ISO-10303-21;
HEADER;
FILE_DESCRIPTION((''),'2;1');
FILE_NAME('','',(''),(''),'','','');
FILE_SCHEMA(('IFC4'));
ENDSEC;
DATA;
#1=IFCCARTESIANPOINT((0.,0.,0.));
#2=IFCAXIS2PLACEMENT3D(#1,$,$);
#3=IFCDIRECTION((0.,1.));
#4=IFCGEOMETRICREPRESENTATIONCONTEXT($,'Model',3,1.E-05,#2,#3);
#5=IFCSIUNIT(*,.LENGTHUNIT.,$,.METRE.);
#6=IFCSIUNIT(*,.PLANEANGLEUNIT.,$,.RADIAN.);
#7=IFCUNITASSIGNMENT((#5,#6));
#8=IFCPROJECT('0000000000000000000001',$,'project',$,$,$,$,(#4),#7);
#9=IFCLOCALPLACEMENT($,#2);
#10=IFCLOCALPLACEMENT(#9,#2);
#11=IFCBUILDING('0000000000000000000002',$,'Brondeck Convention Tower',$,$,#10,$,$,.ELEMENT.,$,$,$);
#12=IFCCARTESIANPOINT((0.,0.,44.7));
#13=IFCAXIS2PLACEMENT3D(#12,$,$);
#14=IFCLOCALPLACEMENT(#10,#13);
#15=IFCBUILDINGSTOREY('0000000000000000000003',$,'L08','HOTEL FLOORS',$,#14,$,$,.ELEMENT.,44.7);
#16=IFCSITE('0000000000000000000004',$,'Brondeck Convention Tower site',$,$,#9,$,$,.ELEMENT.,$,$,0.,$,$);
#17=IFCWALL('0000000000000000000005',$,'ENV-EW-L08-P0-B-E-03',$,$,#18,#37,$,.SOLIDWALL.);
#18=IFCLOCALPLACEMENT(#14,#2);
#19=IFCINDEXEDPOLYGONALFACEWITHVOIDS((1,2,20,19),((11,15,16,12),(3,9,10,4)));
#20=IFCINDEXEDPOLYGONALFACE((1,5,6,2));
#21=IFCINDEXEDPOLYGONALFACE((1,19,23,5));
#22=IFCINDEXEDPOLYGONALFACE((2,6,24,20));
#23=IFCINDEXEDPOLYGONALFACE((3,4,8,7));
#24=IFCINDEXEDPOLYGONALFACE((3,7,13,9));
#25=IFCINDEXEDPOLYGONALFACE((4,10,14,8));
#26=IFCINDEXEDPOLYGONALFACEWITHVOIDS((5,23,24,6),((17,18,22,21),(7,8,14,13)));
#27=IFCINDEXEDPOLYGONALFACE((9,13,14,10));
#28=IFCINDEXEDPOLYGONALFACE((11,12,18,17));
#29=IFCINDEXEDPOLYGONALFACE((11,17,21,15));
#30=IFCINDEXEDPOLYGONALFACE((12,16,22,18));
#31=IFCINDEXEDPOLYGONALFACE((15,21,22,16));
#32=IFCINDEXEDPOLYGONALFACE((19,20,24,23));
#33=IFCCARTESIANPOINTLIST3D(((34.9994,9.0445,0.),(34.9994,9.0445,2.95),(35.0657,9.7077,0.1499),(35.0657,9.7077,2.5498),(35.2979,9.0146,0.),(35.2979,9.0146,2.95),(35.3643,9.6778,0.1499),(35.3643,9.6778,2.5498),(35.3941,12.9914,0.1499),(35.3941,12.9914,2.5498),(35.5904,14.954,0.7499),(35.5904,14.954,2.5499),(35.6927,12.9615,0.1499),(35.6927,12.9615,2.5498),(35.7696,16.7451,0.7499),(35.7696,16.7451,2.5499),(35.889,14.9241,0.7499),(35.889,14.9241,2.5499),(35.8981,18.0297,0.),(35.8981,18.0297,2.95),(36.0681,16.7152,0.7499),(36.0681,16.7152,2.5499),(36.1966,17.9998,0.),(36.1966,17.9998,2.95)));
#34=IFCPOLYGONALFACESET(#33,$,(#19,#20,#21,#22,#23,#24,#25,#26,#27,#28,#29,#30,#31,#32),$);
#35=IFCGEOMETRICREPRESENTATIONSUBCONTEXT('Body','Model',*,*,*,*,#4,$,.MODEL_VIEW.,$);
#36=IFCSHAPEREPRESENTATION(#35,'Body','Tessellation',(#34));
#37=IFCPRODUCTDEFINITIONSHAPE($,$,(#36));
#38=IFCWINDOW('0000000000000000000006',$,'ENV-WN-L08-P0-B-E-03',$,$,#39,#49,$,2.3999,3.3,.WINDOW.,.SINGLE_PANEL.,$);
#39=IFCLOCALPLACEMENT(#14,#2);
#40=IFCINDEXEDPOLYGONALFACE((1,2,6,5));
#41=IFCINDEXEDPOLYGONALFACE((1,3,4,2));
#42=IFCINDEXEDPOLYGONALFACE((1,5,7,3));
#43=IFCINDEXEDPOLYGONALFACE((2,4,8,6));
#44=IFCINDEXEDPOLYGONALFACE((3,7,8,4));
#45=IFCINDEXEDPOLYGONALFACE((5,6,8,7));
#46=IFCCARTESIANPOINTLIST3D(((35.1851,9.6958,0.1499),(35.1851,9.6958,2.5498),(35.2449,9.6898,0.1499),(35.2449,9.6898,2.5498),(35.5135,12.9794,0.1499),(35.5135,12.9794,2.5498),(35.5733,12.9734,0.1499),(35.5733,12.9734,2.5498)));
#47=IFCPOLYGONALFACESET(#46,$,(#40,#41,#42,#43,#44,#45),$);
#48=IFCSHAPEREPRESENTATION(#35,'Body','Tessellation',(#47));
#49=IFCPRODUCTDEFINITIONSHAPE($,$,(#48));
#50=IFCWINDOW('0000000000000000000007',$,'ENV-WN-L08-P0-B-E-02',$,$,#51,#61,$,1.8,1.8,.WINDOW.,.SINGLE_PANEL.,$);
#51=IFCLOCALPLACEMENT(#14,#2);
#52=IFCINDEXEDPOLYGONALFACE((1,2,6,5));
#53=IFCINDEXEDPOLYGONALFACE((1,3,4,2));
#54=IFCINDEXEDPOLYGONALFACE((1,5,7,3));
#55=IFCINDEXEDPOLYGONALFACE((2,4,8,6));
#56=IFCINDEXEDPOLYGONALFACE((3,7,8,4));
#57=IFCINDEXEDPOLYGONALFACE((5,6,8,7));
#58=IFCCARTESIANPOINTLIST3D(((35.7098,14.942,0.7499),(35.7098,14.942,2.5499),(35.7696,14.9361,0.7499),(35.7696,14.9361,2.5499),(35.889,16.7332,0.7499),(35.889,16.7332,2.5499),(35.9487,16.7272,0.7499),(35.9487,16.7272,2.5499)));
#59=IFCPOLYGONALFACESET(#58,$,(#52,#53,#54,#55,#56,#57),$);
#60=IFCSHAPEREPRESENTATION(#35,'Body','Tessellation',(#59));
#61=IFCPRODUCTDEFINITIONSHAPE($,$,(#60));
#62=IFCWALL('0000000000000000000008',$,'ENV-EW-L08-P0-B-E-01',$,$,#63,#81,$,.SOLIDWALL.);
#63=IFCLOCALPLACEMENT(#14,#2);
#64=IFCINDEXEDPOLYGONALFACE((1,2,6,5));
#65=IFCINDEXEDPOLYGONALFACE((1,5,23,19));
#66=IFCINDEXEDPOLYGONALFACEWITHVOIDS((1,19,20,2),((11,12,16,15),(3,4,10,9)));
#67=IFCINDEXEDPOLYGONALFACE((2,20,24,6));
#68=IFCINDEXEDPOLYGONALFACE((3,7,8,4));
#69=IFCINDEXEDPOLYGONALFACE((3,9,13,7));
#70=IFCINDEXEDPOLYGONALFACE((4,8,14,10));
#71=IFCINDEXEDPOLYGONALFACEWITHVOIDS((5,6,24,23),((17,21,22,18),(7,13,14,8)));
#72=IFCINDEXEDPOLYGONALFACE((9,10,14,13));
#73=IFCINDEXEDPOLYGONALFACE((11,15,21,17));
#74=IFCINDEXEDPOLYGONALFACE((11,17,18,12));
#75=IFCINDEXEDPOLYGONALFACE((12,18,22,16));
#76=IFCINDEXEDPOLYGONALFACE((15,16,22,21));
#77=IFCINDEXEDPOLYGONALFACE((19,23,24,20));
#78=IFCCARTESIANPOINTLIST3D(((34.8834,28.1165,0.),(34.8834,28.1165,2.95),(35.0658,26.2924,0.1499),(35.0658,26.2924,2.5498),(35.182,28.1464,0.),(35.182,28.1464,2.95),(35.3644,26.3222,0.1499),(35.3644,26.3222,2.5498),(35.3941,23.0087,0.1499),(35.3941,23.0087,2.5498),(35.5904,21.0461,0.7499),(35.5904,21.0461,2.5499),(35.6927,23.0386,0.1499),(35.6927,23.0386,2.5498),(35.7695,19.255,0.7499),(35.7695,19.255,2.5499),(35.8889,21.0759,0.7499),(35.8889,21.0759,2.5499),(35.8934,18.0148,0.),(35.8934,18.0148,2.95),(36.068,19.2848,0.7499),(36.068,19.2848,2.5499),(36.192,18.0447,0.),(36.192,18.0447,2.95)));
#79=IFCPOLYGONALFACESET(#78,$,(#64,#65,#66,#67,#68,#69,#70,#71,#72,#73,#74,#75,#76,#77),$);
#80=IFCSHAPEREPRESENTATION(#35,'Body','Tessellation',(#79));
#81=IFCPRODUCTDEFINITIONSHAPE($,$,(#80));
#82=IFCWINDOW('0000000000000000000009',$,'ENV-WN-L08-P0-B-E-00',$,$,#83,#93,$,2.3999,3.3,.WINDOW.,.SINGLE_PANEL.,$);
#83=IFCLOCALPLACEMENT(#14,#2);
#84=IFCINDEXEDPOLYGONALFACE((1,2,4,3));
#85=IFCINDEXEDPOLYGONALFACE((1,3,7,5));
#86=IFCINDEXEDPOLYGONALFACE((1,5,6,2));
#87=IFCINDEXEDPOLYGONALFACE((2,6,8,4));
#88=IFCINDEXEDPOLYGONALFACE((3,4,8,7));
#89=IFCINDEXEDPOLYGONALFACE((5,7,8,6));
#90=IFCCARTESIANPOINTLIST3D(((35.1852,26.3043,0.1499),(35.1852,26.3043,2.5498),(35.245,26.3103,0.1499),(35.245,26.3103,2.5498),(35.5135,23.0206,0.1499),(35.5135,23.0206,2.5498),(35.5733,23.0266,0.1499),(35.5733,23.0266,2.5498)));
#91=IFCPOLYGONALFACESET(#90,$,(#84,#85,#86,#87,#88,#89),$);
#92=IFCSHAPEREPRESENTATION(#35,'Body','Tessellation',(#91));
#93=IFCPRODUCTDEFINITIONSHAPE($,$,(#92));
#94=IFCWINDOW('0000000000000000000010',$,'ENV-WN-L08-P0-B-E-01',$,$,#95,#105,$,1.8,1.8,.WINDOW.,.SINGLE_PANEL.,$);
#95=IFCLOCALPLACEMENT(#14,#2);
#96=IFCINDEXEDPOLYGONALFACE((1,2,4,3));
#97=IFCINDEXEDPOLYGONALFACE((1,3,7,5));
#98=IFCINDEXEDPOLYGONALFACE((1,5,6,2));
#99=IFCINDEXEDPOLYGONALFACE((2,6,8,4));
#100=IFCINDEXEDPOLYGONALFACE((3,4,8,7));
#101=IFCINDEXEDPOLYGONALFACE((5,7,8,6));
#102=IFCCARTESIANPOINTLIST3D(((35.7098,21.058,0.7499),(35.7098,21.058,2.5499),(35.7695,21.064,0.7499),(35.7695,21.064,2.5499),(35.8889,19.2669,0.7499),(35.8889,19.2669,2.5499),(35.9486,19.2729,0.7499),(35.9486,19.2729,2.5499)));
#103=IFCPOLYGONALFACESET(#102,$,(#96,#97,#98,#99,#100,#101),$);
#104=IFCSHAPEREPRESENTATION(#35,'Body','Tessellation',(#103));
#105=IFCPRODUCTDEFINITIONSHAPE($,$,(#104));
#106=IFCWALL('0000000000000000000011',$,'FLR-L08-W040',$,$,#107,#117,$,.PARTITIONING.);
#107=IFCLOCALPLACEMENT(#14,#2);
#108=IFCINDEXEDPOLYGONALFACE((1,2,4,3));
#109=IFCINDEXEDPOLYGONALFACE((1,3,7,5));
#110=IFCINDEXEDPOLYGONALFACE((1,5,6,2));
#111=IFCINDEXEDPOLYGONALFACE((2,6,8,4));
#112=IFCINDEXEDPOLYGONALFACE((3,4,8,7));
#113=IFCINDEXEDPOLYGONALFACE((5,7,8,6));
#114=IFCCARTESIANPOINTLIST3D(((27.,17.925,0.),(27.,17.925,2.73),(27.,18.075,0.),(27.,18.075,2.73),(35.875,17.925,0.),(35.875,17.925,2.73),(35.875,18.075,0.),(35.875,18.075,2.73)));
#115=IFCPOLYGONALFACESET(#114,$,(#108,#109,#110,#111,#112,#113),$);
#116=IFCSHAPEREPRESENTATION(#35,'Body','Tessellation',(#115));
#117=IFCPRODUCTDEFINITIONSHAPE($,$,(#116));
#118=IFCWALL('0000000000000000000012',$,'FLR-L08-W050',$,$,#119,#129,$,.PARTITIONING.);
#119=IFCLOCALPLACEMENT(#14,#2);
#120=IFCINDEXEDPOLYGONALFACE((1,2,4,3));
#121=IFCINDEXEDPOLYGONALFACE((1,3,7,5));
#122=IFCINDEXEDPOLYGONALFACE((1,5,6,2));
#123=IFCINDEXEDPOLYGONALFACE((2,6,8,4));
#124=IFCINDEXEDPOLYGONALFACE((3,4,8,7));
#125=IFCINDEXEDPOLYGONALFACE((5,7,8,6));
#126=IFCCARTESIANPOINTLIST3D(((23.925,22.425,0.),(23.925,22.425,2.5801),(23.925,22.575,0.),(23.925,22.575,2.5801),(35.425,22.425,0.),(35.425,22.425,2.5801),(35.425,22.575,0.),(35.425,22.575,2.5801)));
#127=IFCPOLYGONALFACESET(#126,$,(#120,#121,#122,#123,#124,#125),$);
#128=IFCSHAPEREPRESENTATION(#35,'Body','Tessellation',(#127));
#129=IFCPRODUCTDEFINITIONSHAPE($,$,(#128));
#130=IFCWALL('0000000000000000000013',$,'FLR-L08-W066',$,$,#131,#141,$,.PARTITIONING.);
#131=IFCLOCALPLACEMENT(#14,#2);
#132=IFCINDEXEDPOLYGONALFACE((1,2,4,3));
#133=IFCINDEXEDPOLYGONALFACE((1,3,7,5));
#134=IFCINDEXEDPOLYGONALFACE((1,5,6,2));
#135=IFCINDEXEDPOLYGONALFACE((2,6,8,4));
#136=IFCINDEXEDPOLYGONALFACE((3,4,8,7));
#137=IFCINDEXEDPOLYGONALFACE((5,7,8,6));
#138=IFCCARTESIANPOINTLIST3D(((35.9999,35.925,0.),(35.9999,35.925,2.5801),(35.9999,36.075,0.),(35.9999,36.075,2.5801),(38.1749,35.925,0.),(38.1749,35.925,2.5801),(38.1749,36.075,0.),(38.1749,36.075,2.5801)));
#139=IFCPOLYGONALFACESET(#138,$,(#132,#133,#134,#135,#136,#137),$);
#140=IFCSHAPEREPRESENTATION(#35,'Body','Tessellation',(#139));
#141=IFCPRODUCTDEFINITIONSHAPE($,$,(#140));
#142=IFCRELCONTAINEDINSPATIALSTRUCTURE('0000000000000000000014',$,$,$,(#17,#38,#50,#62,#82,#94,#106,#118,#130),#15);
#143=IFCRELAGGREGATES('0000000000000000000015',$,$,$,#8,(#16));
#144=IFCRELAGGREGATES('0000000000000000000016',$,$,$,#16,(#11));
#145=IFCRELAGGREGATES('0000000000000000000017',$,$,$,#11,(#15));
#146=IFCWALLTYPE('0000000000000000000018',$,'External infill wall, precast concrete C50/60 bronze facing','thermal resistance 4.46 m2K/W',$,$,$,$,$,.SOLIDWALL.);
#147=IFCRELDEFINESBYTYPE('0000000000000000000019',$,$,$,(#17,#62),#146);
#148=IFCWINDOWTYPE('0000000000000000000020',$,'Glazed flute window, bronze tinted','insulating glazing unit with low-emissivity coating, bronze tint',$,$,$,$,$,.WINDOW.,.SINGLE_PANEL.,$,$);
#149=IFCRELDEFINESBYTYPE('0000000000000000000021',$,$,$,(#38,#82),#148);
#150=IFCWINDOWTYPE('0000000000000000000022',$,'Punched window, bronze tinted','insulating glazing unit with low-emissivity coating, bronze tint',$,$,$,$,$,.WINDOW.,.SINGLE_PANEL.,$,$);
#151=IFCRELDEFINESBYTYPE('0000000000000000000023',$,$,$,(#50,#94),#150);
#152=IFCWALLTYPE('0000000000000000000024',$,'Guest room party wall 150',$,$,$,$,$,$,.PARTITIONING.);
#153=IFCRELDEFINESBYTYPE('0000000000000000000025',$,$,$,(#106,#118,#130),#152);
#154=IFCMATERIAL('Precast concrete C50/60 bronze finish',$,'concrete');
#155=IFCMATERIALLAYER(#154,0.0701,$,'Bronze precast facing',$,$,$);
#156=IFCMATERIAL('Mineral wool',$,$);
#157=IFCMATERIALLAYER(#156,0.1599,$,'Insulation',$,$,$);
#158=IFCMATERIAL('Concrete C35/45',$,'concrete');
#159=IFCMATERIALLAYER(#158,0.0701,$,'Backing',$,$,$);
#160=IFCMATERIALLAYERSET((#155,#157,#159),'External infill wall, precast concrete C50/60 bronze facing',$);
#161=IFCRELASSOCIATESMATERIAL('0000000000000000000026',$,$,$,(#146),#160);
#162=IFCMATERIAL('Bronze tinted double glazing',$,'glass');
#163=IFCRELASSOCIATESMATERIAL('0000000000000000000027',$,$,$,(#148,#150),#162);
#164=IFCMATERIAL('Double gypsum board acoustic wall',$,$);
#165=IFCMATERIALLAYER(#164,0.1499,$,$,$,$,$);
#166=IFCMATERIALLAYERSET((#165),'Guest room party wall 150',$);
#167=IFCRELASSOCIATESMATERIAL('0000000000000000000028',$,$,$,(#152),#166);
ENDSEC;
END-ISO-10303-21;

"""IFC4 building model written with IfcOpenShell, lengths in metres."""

from ifc_helpers import new_model, si_unit, direction, frame, frame_2d, origin, place, context, subcontext, project, spatial, rectangle, extrude, material, layer, layer_set, type_object, element, fill, save


model = new_model("IFC4")

# Units and contexts
model_context = context("Model", 3, precision=1e-05, world=origin(), true_north=direction((0.0, 1.0)))
body_context = subcontext(model_context, "Body", "Model", "MODEL_VIEW")
ifc_project = project(units=[si_unit("LENGTHUNIT", "METRE"), si_unit("PLANEANGLEUNIT", "RADIAN")], contexts=[model_context])

# Site, building, storey
site_placement = place(None, origin())
site = spatial("IfcSite", under=ifc_project, at=site_placement, Name="Brondeck Convention Tower site", CompositionType="ELEMENT", RefElevation=0.0)
building_placement = place(site_placement, origin())
building = spatial("IfcBuilding", under=site, at=building_placement, Name="Brondeck Convention Tower", CompositionType="ELEMENT")
storey_placement = place(building_placement, frame((0.0, 0.0, 44.7)))
storey = spatial("IfcBuildingStorey", under=building, at=storey_placement, Name="L08", Description="HOTEL FLOORS", CompositionType="ELEMENT", Elevation=44.7)

# Walls, openings, windows
ifc_material_1 = material(Name="Precast concrete C50/60 bronze finish", Category="concrete")
ifc_layer_1 = layer(ifc_material_1, 0.0701, Name="Bronze precast facing")
ifc_material_2 = material(Name="Mineral wool")
ifc_layer_2 = layer(ifc_material_2, 0.1599, Name="Insulation")
ifc_material_3 = material(Name="Concrete C35/45", Category="concrete")
ifc_layer_3 = layer(ifc_material_3, 0.0701, Name="Backing")
ifc_layer_set_1 = layer_set([ifc_layer_1, ifc_layer_2, ifc_layer_3], Name="External infill wall, precast concrete C50/60 bronze facing")
wall_type_1 = type_object("IfcWallType", Name="External infill wall, precast concrete C50/60 bronze facing", Description="thermal resistance 4.46 m2K/W", PredefinedType="SOLIDWALL", material=ifc_layer_set_1)
wall_1_placement = place(storey_placement, frame((36.0474, 18.0149, 0.0), z_axis=(0.0, 0.0, 1.0), x_axis=(-0.099522, -0.995035, 0.0)))
wall_1 = element("IfcWall", 1, at=wall_1_placement, inside=storey, type_object=wall_type_1, Name="ENV-EW-L08-P0-B-E-03", PredefinedType="SOLIDWALL", context=body_context, shape_type="SweptSolid", body=[
    extrude(rectangle(XDim=9.03, YDim=0.3, at=frame_2d((4.5151, 0.0))), origin(), (0.0, 0.0, 1.0), 2.95),
])
opening_1_placement = place(wall_1_placement, frame((1.2913, 0.0, 0.75)))
opening_1 = element("IfcOpeningElement", 2, at=opening_1_placement, cuts=wall_1, PredefinedType="OPENING", context=body_context, shape_type="SweptSolid", body=[
    extrude(rectangle(XDim=1.8, YDim=1.8, at=frame_2d((0.8999, 0.8999))), frame((0.0, 0.1599, 0.0), z_axis=(0.0, -1.0, 0.0), x_axis=(1.0, 0.0, 0.0)), (0.0, 0.0, 1.0), 0.3201),
])
opening_2_placement = place(wall_1_placement, frame((5.0637, 0.0, 0.1499)))
opening_2 = element("IfcOpeningElement", 3, at=opening_2_placement, cuts=wall_1, PredefinedType="OPENING", context=body_context, shape_type="SweptSolid", body=[
    extrude(rectangle(XDim=3.3, YDim=2.3999, at=frame_2d((1.6499, 1.2))), frame((0.0, 0.1599, 0.0), z_axis=(0.0, -1.0, 0.0), x_axis=(1.0, 0.0, 0.0)), (0.0, 0.0, 1.0), 0.3201),
])
ifc_material_4 = material(Name="Bronze tinted double glazing", Category="glass")
window_type_1 = type_object("IfcWindowType", Name="Glazed flute window, bronze tinted", Description="insulating glazing unit with low-emissivity coating, bronze tint", PartitioningType="SINGLE_PANEL", PredefinedType="WINDOW", material=ifc_material_4)
window_1_placement = place(opening_2_placement, origin())
window_1 = element("IfcWindow", 4, at=window_1_placement, inside=storey, type_object=window_type_1, Name="ENV-WN-L08-P0-B-E-03", OverallHeight=2.3999, OverallWidth=3.3, PartitioningType="SINGLE_PANEL", PredefinedType="WINDOW", context=body_context, shape_type="SweptSolid", body=[
    extrude(rectangle(XDim=3.3, YDim=2.3999, at=frame_2d((1.6499, 1.2))), frame((0.0, 0.03, 0.0), z_axis=(0.0, -1.0, 0.0), x_axis=(1.0, 0.0, 0.0)), (0.0, 0.0, 1.0), 0.0601),
])
fill(opening_2, window_1)
window_type_2 = type_object("IfcWindowType", Name="Punched window, bronze tinted", Description="insulating glazing unit with low-emissivity coating, bronze tint", PartitioningType="SINGLE_PANEL", PredefinedType="WINDOW", material=ifc_material_4)
window_2_placement = place(opening_1_placement, origin())
window_2 = element("IfcWindow", 5, at=window_2_placement, inside=storey, type_object=window_type_2, Name="ENV-WN-L08-P0-B-E-02", OverallHeight=1.8, OverallWidth=1.8, PartitioningType="SINGLE_PANEL", PredefinedType="WINDOW", context=body_context, shape_type="SweptSolid", body=[
    extrude(rectangle(XDim=1.8, YDim=1.8, at=frame_2d((0.8999, 0.8999))), frame((0.0, 0.03, 0.0), z_axis=(0.0, -1.0, 0.0), x_axis=(1.0, 0.0, 0.0)), (0.0, 0.0, 1.0), 0.0601),
])
fill(opening_1, window_2)
wall_2_placement = place(storey_placement, frame((35.0327, 28.1316, 0.0), z_axis=(0.0, 0.0, 1.0), x_axis=(0.099487, -0.995039, 0.0)))
wall_2 = element("IfcWall", 6, at=wall_2_placement, inside=storey, type_object=wall_type_1, Name="ENV-EW-L08-P0-B-E-01", PredefinedType="SOLIDWALL", context=body_context, shape_type="SweptSolid", body=[
    extrude(rectangle(XDim=10.1521, YDim=0.3, at=frame_2d((5.0762, 0.0))), origin(), (0.0, 0.0, 1.0), 2.95),
])
opening_3_placement = place(wall_2_placement, frame((1.8335, 0.0, 0.1499)))
opening_3 = element("IfcOpeningElement", 7, at=opening_3_placement, cuts=wall_2, PredefinedType="OPENING", context=body_context, shape_type="SweptSolid", body=[
    extrude(rectangle(XDim=3.3, YDim=2.3999, at=frame_2d((1.6499, 1.2))), frame((0.0, 0.1599, 0.0), z_axis=(0.0, -1.0, 0.0), x_axis=(1.0, 0.0, 0.0)), (0.0, 0.0, 1.0), 0.3201),
])
opening_4_placement = place(wall_2_placement, frame((7.106, 0.0, 0.75)))
opening_4 = element("IfcOpeningElement", 8, at=opening_4_placement, cuts=wall_2, PredefinedType="OPENING", context=body_context, shape_type="SweptSolid", body=[
    extrude(rectangle(XDim=1.8, YDim=1.8, at=frame_2d((0.8999, 0.8999))), frame((0.0, 0.1599, 0.0), z_axis=(0.0, -1.0, 0.0), x_axis=(1.0, 0.0, 0.0)), (0.0, 0.0, 1.0), 0.3201),
])
window_3_placement = place(opening_3_placement, origin())
window_3 = element("IfcWindow", 9, at=window_3_placement, inside=storey, type_object=window_type_1, Name="ENV-WN-L08-P0-B-E-00", OverallHeight=2.3999, OverallWidth=3.3, PartitioningType="SINGLE_PANEL", PredefinedType="WINDOW", context=body_context, shape_type="SweptSolid", body=[
    extrude(rectangle(XDim=3.3, YDim=2.3999, at=frame_2d((1.6499, 1.2))), frame((0.0, 0.03, 0.0), z_axis=(0.0, -1.0, 0.0), x_axis=(1.0, 0.0, 0.0)), (0.0, 0.0, 1.0), 0.0601),
])
fill(opening_3, window_3)
window_4_placement = place(opening_4_placement, origin())
window_4 = element("IfcWindow", 10, at=window_4_placement, inside=storey, type_object=window_type_2, Name="ENV-WN-L08-P0-B-E-01", OverallHeight=1.8, OverallWidth=1.8, PartitioningType="SINGLE_PANEL", PredefinedType="WINDOW", context=body_context, shape_type="SweptSolid", body=[
    extrude(rectangle(XDim=1.8, YDim=1.8, at=frame_2d((0.8999, 0.8999))), frame((0.0, 0.03, 0.0), z_axis=(0.0, -1.0, 0.0), x_axis=(1.0, 0.0, 0.0)), (0.0, 0.0, 1.0), 0.0601),
])
fill(opening_4, window_4)

# Walls
ifc_material_5 = material(Name="Double gypsum board acoustic wall")
ifc_layer_4 = layer(ifc_material_5, 0.1499)
ifc_layer_set_2 = layer_set([ifc_layer_4], Name="Guest room party wall 150")
wall_type_2 = type_object("IfcWallType", Name="Guest room party wall 150", PredefinedType="PARTITIONING", material=ifc_layer_set_2)
wall_3_placement = place(storey_placement, frame((35.875, 18.0, 0.0), z_axis=(0.0, 0.0, 1.0), x_axis=(-1.0, 0.0, 0.0)))
element("IfcWall", 11, at=wall_3_placement, inside=storey, type_object=wall_type_2, Name="FLR-L08-W040", PredefinedType="PARTITIONING", context=body_context, shape_type="SweptSolid", body=[
    extrude(rectangle(XDim=8.875, YDim=0.1499, at=frame_2d((4.4375, 0.0))), origin(), (0.0, 0.0, 1.0), 2.73),
])
wall_4_placement = place(storey_placement, frame((35.425, 22.5, 0.0), z_axis=(0.0, 0.0, 1.0), x_axis=(-1.0, 0.0, 0.0)))
element("IfcWall", 12, at=wall_4_placement, inside=storey, type_object=wall_type_2, Name="FLR-L08-W050", PredefinedType="PARTITIONING", context=body_context, shape_type="SweptSolid", body=[
    extrude(rectangle(XDim=11.5, YDim=0.1499, at=frame_2d((5.75, 0.0))), origin(), (0.0, 0.0, 1.0), 2.5801),
])
wall_5_placement = place(storey_placement, frame((36.0, 36.0, 0.0), z_axis=(0.0, 0.0, 1.0), x_axis=(1.0, 0.0, 0.0)))
element("IfcWall", 13, at=wall_5_placement, inside=storey, type_object=wall_type_2, Name="FLR-L08-W066", PredefinedType="PARTITIONING", context=body_context, shape_type="SweptSolid", body=[
    extrude(rectangle(XDim=2.175, YDim=0.1499, at=frame_2d((1.0874, 0.0))), origin(), (0.0, 0.0, 1.0), 2.5801),
])

save(model, "model.ifc")
